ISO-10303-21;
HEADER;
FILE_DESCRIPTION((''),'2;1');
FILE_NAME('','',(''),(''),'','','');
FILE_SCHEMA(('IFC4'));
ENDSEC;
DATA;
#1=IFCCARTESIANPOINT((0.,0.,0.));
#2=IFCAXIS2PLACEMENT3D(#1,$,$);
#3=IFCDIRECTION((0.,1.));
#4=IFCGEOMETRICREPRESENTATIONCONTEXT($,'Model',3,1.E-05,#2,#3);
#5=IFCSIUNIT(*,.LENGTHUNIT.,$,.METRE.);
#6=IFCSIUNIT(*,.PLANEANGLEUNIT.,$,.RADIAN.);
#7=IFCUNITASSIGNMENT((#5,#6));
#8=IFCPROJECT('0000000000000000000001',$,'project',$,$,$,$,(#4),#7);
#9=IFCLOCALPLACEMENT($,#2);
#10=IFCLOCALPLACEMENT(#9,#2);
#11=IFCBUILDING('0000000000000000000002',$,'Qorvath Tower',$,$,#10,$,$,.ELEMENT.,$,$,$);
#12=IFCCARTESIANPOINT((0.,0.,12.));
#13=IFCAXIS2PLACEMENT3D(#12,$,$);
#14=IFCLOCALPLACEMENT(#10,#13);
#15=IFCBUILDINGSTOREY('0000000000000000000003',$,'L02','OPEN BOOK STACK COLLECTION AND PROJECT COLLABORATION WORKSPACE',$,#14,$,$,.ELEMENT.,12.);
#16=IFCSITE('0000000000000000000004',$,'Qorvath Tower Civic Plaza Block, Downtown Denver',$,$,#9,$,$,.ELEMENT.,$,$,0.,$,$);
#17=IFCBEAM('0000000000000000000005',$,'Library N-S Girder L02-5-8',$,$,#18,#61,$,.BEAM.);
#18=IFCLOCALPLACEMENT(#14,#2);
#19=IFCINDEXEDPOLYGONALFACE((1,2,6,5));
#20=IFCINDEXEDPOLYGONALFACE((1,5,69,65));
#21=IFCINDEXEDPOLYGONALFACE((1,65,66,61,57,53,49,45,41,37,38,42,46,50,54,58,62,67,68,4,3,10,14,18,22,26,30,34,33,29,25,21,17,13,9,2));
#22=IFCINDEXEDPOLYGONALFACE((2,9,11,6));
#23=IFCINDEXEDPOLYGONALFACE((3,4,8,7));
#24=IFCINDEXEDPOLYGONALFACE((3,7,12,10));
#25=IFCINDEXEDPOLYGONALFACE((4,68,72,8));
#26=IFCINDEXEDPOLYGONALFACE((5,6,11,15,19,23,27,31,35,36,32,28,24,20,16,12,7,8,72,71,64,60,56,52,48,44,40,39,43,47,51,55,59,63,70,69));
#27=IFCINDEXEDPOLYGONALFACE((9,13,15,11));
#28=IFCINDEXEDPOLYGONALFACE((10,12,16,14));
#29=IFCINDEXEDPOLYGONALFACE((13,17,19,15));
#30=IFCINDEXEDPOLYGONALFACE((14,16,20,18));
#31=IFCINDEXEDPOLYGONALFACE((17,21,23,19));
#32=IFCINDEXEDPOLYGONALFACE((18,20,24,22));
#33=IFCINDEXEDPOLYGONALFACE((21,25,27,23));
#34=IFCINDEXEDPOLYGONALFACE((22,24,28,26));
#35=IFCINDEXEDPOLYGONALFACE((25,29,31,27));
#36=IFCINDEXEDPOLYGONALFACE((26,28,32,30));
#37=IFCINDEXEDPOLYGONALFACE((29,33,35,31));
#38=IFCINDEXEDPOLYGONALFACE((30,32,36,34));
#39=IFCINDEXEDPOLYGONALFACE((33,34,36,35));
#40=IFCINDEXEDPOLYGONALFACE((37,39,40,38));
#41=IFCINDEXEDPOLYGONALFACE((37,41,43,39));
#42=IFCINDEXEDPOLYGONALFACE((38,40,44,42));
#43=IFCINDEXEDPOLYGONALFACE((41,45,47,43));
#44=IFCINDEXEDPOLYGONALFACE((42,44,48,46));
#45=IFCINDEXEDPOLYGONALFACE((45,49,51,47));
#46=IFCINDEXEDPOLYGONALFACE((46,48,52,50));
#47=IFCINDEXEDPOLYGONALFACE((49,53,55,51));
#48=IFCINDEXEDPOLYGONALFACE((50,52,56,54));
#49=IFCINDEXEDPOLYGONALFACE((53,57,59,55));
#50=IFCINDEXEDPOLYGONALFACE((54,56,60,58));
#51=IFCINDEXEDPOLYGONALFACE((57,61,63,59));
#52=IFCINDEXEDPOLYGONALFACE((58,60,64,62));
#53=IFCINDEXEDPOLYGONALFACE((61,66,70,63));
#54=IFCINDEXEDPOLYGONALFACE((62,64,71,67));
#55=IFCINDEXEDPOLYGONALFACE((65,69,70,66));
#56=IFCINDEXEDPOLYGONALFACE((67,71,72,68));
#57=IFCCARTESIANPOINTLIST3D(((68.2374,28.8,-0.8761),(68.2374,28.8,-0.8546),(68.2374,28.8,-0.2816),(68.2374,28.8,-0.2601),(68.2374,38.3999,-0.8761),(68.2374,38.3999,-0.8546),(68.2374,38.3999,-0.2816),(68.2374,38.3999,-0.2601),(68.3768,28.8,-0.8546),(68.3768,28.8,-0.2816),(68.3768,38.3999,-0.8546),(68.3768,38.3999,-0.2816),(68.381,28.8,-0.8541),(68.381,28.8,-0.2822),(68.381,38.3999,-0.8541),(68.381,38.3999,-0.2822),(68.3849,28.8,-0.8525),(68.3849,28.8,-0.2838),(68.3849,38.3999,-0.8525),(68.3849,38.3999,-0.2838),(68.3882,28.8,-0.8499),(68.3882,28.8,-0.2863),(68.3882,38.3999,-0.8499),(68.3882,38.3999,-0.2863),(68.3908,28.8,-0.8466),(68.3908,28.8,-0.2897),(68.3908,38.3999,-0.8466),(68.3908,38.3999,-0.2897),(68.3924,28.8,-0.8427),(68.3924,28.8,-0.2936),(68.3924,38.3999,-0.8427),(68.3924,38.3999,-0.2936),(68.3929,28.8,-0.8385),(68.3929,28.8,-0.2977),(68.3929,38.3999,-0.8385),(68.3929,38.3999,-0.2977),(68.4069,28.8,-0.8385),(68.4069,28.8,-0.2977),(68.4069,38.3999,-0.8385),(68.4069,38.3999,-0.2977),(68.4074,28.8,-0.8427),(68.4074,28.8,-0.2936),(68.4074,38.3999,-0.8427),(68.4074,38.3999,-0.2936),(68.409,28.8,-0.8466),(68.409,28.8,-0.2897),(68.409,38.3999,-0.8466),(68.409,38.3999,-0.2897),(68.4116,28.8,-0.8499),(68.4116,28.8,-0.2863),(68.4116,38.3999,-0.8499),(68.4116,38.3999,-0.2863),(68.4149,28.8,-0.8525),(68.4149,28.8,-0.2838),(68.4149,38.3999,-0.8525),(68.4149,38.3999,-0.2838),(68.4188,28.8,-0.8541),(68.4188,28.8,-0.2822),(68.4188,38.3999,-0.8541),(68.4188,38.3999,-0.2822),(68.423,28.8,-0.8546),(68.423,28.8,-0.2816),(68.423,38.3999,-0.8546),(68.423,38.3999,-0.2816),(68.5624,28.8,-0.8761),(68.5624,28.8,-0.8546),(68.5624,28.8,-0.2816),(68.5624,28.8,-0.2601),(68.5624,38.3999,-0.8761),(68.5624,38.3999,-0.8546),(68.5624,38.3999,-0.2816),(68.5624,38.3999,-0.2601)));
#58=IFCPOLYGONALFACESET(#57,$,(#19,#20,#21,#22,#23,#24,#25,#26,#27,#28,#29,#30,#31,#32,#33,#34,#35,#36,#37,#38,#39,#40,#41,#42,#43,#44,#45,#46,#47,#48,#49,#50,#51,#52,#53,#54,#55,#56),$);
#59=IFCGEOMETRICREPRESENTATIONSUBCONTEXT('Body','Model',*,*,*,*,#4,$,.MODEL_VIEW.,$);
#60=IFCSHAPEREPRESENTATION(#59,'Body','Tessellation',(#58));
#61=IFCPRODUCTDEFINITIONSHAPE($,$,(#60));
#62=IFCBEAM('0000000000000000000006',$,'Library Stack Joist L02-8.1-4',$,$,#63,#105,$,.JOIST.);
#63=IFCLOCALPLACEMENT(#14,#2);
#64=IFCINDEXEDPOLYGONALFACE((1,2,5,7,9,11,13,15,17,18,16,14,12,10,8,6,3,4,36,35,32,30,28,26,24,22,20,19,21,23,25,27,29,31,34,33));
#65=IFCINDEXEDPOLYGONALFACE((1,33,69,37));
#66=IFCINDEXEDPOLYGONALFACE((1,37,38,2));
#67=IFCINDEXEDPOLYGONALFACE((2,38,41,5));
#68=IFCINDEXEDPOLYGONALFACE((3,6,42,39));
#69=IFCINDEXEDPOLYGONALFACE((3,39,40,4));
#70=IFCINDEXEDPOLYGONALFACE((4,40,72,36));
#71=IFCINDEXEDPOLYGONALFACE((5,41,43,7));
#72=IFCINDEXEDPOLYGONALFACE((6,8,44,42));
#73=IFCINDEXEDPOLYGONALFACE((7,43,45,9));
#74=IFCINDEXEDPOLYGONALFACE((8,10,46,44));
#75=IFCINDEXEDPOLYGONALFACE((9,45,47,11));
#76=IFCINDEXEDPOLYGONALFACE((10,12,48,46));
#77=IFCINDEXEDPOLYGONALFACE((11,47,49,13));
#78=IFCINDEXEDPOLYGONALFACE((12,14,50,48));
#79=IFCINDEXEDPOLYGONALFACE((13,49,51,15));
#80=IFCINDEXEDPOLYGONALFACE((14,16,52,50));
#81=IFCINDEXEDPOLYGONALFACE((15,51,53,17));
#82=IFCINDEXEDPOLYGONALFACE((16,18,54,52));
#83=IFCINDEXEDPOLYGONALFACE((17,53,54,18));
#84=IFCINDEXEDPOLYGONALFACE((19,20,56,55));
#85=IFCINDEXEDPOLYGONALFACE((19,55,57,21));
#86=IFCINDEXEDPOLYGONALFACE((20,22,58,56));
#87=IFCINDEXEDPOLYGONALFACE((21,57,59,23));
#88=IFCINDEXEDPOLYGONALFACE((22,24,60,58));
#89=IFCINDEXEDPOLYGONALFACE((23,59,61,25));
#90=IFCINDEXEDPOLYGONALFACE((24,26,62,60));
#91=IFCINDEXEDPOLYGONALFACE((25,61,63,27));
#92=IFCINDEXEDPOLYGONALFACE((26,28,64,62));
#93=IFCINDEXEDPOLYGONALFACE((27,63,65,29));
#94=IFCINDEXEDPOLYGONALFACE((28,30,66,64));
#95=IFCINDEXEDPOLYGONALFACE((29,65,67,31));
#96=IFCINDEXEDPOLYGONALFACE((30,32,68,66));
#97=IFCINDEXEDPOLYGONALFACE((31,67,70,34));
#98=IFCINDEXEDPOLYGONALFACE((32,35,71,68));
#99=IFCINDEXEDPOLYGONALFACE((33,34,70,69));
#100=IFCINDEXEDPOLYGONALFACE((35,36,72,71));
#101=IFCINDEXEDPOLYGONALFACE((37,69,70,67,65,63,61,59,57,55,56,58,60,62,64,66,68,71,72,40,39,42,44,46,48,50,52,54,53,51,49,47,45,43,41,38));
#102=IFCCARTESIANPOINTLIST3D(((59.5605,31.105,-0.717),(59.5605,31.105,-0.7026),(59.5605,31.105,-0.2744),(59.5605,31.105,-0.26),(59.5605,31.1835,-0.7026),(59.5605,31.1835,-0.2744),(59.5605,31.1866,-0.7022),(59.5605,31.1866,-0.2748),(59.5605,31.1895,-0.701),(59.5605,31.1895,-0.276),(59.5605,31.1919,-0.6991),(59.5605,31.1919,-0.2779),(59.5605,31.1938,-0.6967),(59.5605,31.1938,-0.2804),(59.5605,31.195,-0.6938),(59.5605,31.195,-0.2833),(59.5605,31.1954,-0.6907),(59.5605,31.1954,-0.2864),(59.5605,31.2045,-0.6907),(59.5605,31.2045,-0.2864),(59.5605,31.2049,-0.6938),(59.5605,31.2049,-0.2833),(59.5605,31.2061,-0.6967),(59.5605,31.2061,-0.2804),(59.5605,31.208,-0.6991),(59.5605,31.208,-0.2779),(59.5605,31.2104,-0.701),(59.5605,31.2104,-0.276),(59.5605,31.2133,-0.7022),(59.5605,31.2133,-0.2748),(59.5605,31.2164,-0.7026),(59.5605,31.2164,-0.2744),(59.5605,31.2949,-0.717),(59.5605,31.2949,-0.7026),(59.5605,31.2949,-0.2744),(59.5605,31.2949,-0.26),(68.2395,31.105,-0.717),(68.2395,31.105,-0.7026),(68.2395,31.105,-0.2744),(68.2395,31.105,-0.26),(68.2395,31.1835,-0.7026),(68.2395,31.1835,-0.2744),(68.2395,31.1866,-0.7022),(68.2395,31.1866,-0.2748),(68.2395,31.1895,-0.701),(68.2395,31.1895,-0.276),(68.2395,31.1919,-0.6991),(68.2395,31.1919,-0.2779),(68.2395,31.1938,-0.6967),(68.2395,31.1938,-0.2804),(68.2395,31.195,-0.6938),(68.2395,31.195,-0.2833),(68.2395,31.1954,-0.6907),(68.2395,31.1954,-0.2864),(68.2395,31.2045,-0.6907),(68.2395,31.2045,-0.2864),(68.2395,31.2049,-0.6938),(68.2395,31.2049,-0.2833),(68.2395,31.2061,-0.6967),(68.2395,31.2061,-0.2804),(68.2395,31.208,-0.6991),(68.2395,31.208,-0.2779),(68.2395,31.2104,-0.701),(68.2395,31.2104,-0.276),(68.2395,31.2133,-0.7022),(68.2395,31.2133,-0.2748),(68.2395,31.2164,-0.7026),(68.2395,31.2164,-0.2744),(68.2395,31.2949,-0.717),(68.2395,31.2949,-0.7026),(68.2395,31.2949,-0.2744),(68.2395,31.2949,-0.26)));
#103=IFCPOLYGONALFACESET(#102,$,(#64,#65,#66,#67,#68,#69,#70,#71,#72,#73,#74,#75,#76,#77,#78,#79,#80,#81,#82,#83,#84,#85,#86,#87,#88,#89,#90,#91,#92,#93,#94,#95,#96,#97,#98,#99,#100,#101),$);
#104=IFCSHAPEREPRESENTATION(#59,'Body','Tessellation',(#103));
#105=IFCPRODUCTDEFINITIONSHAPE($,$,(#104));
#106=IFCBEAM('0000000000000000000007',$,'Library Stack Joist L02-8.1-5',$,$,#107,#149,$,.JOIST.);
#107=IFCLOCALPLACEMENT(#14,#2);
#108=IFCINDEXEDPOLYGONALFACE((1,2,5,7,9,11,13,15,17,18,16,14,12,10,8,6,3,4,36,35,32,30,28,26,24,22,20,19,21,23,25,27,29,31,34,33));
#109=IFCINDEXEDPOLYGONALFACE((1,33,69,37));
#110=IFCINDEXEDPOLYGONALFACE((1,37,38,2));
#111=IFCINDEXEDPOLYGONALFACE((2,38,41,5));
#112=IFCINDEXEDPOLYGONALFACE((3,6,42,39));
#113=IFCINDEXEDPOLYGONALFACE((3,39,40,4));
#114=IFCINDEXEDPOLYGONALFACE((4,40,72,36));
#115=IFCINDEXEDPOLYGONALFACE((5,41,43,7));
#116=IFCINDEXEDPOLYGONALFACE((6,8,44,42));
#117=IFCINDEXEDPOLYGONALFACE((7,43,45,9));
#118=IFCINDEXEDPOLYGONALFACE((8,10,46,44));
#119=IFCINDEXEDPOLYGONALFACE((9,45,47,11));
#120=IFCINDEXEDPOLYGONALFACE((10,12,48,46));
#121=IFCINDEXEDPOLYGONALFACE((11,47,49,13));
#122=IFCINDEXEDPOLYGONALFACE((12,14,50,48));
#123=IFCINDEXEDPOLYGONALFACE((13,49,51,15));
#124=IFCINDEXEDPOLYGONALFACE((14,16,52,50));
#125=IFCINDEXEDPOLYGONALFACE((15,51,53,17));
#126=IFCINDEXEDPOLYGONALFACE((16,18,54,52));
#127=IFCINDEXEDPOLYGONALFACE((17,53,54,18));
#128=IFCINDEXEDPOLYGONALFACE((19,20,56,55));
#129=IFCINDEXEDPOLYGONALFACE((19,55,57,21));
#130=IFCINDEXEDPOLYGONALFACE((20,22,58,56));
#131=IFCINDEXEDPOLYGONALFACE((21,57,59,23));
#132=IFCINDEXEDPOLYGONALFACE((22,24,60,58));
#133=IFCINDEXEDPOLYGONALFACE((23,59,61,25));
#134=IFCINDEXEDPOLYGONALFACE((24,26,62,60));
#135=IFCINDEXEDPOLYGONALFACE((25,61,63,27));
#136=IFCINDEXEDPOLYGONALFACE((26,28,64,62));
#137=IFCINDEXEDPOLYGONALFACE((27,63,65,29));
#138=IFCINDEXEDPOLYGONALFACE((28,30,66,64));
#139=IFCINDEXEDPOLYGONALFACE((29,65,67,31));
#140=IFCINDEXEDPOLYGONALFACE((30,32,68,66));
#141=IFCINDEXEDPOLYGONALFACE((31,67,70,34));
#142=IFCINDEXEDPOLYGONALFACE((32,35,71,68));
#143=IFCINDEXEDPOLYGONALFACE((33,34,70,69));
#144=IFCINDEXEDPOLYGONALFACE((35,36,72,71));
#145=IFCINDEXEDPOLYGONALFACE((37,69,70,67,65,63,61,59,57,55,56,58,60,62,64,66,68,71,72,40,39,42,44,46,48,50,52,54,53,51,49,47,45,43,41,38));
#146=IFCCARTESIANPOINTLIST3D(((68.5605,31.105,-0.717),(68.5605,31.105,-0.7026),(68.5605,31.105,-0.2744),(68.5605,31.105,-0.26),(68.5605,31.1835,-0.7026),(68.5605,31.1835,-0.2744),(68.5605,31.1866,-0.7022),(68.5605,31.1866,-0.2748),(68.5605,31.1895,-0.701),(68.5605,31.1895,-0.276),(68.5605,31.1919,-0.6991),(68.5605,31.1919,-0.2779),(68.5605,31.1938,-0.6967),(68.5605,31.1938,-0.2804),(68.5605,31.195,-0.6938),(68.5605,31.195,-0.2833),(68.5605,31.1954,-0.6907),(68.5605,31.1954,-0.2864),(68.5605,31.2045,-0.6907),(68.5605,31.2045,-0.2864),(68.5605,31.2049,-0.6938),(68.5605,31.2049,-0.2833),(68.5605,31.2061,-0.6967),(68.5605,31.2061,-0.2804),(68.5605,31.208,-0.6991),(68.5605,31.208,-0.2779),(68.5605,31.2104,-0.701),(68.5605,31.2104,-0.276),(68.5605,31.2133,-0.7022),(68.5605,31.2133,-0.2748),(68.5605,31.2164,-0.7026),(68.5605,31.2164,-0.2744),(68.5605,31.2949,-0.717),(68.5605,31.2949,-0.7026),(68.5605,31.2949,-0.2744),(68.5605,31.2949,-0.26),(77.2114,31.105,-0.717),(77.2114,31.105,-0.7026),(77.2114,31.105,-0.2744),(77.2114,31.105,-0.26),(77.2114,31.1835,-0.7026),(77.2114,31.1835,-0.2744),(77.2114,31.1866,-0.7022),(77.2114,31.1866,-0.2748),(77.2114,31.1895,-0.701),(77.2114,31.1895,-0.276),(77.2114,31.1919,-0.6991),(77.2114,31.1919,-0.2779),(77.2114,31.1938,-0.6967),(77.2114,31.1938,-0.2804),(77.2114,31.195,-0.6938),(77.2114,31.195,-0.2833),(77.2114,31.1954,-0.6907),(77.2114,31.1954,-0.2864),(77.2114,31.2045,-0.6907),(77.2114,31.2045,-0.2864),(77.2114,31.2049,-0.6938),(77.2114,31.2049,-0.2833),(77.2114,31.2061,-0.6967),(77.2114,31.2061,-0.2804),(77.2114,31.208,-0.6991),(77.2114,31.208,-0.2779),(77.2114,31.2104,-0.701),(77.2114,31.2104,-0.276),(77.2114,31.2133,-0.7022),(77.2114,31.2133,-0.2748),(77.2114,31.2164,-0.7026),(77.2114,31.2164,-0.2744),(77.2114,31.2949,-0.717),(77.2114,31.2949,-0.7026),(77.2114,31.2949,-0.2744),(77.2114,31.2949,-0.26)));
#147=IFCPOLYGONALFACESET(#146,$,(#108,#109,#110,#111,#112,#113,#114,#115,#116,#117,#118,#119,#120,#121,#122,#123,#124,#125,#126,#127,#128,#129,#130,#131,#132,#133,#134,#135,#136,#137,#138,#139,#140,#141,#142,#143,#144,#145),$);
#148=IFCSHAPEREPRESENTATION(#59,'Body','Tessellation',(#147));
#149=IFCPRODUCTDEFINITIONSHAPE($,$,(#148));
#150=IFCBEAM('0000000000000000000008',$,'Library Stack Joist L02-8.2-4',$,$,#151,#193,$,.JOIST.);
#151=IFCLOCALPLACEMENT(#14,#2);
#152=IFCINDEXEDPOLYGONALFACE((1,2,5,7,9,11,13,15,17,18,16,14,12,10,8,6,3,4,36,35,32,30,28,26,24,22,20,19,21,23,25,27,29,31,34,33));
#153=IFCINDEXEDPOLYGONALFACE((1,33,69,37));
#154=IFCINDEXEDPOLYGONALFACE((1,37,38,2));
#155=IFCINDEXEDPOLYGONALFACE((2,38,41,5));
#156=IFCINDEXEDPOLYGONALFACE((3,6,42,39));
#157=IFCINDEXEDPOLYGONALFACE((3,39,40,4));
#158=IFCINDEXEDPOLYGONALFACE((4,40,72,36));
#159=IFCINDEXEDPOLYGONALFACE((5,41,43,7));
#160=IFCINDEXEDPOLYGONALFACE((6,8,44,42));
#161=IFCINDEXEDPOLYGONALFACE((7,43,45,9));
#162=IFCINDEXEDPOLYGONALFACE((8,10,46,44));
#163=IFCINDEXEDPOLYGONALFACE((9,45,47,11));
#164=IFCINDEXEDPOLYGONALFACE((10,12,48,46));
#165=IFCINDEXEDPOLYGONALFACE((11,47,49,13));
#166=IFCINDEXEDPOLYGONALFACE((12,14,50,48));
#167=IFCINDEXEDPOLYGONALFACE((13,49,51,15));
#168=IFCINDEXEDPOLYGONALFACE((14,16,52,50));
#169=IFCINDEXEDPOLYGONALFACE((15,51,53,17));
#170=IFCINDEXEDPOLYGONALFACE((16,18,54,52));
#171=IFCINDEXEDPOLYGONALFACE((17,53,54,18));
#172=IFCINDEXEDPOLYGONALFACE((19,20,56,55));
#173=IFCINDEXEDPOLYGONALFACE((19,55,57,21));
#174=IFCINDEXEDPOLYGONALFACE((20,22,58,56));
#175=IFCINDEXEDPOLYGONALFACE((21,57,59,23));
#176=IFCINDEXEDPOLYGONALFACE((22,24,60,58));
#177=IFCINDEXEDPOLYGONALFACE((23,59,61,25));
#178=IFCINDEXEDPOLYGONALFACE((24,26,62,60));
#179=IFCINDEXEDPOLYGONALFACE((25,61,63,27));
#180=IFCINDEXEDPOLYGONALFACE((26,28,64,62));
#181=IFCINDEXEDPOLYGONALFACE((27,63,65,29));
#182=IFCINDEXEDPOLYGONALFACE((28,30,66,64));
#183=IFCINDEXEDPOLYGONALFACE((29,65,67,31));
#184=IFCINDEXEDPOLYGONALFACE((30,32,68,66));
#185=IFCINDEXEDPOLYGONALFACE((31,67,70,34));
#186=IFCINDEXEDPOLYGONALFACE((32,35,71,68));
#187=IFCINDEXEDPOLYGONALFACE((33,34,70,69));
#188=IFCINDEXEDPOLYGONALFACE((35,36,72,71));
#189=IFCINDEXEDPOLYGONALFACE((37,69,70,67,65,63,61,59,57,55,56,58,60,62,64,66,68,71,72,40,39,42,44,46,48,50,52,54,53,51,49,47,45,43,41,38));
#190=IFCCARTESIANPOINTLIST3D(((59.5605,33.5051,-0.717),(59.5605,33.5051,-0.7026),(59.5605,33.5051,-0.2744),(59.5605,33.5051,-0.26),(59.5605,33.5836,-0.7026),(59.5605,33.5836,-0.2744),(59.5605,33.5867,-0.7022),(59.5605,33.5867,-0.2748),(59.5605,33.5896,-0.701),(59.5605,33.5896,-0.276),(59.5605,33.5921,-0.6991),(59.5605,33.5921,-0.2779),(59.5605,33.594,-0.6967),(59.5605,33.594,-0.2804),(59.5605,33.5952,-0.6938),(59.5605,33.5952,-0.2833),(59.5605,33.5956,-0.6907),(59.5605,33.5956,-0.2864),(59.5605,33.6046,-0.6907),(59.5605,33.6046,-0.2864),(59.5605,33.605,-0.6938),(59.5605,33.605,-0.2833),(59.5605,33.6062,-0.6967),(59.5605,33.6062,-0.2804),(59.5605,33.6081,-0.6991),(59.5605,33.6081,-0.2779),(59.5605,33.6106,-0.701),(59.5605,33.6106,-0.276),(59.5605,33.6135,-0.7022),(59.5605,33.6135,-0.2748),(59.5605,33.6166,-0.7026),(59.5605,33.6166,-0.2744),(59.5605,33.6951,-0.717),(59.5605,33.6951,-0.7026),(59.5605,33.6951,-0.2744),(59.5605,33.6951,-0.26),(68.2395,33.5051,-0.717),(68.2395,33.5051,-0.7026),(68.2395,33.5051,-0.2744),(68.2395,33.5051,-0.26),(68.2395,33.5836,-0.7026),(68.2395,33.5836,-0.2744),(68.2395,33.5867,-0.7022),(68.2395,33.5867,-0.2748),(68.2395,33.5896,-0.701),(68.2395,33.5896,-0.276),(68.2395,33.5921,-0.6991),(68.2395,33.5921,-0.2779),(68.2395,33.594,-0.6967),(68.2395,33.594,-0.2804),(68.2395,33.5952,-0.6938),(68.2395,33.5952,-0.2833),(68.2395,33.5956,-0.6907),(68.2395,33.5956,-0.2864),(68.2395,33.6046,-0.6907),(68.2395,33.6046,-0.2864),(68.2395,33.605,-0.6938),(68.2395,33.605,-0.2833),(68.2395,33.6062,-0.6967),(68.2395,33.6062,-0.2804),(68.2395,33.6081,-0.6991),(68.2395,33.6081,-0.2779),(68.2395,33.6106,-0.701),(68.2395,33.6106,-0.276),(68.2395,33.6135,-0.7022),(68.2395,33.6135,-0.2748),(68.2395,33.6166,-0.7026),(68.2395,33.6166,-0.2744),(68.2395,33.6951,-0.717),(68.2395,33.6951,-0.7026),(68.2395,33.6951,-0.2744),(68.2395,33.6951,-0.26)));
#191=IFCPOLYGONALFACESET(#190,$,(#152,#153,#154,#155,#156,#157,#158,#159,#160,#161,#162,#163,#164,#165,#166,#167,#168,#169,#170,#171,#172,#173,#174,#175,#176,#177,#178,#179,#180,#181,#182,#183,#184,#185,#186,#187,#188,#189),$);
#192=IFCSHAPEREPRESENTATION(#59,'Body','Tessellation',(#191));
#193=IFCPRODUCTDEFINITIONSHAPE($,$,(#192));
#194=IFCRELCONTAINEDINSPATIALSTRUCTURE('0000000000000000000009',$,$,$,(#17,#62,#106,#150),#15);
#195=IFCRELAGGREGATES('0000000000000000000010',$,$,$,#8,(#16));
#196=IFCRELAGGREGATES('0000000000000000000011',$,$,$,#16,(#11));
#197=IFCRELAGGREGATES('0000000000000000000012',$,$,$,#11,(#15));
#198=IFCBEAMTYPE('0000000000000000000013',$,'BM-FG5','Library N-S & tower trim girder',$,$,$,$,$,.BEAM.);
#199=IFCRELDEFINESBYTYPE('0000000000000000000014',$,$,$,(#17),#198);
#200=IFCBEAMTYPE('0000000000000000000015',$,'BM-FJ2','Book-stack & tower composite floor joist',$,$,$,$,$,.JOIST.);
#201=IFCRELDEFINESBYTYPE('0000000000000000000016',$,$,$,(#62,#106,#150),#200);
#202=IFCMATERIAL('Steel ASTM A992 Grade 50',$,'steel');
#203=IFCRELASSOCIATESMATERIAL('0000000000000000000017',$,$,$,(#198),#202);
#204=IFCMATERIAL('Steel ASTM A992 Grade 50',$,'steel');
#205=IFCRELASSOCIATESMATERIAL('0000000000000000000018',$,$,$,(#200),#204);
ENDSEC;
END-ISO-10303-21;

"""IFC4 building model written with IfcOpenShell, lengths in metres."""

from ifc_helpers import new_model, si_unit, direction, frame, origin, origin_2d, place, context, subcontext, project, spatial, i_section, extrude, material, material_profile, profile_set, type_object, element, save


model = new_model("IFC4")

# Units and contexts
model_context = context("Model", 3, precision=1e-05, world=origin(), true_north=direction((0.0, 1.0)))
body_context = subcontext(model_context, "Body", "Model", "MODEL_VIEW")
ifc_project = project(units=[si_unit("LENGTHUNIT", "METRE"), si_unit("PLANEANGLEUNIT", "RADIAN")], contexts=[model_context])

# Site, building, storey
site_placement = place(None, origin())
site = spatial("IfcSite", under=ifc_project, at=site_placement, Name="Qorvath Tower Civic Plaza Block, Downtown Denver", CompositionType="ELEMENT", RefElevation=0.0)
building_placement = place(site_placement, origin())
building = spatial("IfcBuilding", under=site, at=building_placement, Name="Qorvath Tower", CompositionType="ELEMENT")
storey_placement = place(building_placement, frame((0.0, 0.0, 12.0)))
storey = spatial("IfcBuildingStorey", under=building, at=storey_placement, Name="L02", Description="OPEN BOOK STACK COLLECTION AND PROJECT COLLABORATION WORKSPACE", CompositionType="ELEMENT", Elevation=12.0)

# Beams
ifc_material_1 = material(Name="Steel ASTM A992 Grade 50", Category="steel")
ifc_material_profile_1 = material_profile(ifc_material_1, i_section(OverallWidth=0.325, OverallDepth=0.616, WebThickness=0.0139, FlangeThickness=0.0215, FilletRadius=0.0161, at=origin_2d()), Name="W24x117")
ifc_profile_set_1 = profile_set([ifc_material_profile_1], Name="Steel ASTM A992 Grade 50")
beam_type_1 = type_object("IfcBeamType", Name="BM-FG5", Description="Library N-S & tower trim girder", PredefinedType="BEAM", material=ifc_profile_set_1)
for number, where, z_axis, x_axis, name in (
    (1, (68.3999, 28.8, -0.5681), (0.0, 1.0, 0.0), (-1.0, 0.0, 0.0), "Library N-S Girder L02-5-8"),
):
    element("IfcBeam", number, at=place(storey_placement, frame(where, z_axis=z_axis, x_axis=x_axis)), inside=storey, type_object=beam_type_1, Name=name, PredefinedType="BEAM", context=body_context, shape_type="SweptSolid", body=[
        extrude(i_section(OverallWidth=0.325, OverallDepth=0.616, WebThickness=0.0139, FlangeThickness=0.0215, FilletRadius=0.0161, at=origin_2d()), origin(), (0.0, 0.0, 1.0), 9.5999),
    ])
ifc_material_2 = material(Name="Steel ASTM A992 Grade 50", Category="steel")
ifc_material_profile_2 = material_profile(ifc_material_2, i_section(OverallWidth=0.1899, OverallDepth=0.457, WebThickness=0.009, FlangeThickness=0.0144, FilletRadius=0.012, at=origin_2d()), Name="W18x50")
ifc_profile_set_2 = profile_set([ifc_material_profile_2], Name="Steel ASTM A992 Grade 50")
beam_type_2 = type_object("IfcBeamType", Name="BM-FJ2", Description="Book-stack & tower composite floor joist", PredefinedType="JOIST", material=ifc_profile_set_2)
beam_1_placement = place(storey_placement, frame((59.5605, 31.2, -0.4885), z_axis=(1.0, 0.0, 0.0), x_axis=(0.0, 1.0, 0.0)))
element("IfcBeam", 2, at=beam_1_placement, inside=storey, type_object=beam_type_2, Name="Library Stack Joist L02-8.1-4", PredefinedType="JOIST", context=body_context, shape_type="SweptSolid", body=[
    extrude(i_section(OverallWidth=0.1899, OverallDepth=0.457, WebThickness=0.009, FlangeThickness=0.0144, FilletRadius=0.012, at=origin_2d()), origin(), (0.0, 0.0, 1.0), 8.679),
])
beam_2_placement = place(storey_placement, frame((68.5605, 31.2, -0.4885), z_axis=(1.0, 0.0, 0.0), x_axis=(0.0, 1.0, 0.0)))
element("IfcBeam", 3, at=beam_2_placement, inside=storey, type_object=beam_type_2, Name="Library Stack Joist L02-8.1-5", PredefinedType="JOIST", context=body_context, shape_type="SweptSolid", body=[
    extrude(i_section(OverallWidth=0.1899, OverallDepth=0.457, WebThickness=0.009, FlangeThickness=0.0144, FilletRadius=0.012, at=origin_2d()), origin(), (0.0, 0.0, 1.0), 8.6509),
])
beam_3_placement = place(storey_placement, frame((59.5605, 33.6001, -0.4885), z_axis=(1.0, 0.0, 0.0), x_axis=(0.0, 1.0, 0.0)))
element("IfcBeam", 4, at=beam_3_placement, inside=storey, type_object=beam_type_2, Name="Library Stack Joist L02-8.2-4", PredefinedType="JOIST", context=body_context, shape_type="SweptSolid", body=[
    extrude(i_section(OverallWidth=0.1899, OverallDepth=0.457, WebThickness=0.009, FlangeThickness=0.0144, FilletRadius=0.012, at=origin_2d()), origin(), (0.0, 0.0, 1.0), 8.679),
])

save(model, "model.ifc")
